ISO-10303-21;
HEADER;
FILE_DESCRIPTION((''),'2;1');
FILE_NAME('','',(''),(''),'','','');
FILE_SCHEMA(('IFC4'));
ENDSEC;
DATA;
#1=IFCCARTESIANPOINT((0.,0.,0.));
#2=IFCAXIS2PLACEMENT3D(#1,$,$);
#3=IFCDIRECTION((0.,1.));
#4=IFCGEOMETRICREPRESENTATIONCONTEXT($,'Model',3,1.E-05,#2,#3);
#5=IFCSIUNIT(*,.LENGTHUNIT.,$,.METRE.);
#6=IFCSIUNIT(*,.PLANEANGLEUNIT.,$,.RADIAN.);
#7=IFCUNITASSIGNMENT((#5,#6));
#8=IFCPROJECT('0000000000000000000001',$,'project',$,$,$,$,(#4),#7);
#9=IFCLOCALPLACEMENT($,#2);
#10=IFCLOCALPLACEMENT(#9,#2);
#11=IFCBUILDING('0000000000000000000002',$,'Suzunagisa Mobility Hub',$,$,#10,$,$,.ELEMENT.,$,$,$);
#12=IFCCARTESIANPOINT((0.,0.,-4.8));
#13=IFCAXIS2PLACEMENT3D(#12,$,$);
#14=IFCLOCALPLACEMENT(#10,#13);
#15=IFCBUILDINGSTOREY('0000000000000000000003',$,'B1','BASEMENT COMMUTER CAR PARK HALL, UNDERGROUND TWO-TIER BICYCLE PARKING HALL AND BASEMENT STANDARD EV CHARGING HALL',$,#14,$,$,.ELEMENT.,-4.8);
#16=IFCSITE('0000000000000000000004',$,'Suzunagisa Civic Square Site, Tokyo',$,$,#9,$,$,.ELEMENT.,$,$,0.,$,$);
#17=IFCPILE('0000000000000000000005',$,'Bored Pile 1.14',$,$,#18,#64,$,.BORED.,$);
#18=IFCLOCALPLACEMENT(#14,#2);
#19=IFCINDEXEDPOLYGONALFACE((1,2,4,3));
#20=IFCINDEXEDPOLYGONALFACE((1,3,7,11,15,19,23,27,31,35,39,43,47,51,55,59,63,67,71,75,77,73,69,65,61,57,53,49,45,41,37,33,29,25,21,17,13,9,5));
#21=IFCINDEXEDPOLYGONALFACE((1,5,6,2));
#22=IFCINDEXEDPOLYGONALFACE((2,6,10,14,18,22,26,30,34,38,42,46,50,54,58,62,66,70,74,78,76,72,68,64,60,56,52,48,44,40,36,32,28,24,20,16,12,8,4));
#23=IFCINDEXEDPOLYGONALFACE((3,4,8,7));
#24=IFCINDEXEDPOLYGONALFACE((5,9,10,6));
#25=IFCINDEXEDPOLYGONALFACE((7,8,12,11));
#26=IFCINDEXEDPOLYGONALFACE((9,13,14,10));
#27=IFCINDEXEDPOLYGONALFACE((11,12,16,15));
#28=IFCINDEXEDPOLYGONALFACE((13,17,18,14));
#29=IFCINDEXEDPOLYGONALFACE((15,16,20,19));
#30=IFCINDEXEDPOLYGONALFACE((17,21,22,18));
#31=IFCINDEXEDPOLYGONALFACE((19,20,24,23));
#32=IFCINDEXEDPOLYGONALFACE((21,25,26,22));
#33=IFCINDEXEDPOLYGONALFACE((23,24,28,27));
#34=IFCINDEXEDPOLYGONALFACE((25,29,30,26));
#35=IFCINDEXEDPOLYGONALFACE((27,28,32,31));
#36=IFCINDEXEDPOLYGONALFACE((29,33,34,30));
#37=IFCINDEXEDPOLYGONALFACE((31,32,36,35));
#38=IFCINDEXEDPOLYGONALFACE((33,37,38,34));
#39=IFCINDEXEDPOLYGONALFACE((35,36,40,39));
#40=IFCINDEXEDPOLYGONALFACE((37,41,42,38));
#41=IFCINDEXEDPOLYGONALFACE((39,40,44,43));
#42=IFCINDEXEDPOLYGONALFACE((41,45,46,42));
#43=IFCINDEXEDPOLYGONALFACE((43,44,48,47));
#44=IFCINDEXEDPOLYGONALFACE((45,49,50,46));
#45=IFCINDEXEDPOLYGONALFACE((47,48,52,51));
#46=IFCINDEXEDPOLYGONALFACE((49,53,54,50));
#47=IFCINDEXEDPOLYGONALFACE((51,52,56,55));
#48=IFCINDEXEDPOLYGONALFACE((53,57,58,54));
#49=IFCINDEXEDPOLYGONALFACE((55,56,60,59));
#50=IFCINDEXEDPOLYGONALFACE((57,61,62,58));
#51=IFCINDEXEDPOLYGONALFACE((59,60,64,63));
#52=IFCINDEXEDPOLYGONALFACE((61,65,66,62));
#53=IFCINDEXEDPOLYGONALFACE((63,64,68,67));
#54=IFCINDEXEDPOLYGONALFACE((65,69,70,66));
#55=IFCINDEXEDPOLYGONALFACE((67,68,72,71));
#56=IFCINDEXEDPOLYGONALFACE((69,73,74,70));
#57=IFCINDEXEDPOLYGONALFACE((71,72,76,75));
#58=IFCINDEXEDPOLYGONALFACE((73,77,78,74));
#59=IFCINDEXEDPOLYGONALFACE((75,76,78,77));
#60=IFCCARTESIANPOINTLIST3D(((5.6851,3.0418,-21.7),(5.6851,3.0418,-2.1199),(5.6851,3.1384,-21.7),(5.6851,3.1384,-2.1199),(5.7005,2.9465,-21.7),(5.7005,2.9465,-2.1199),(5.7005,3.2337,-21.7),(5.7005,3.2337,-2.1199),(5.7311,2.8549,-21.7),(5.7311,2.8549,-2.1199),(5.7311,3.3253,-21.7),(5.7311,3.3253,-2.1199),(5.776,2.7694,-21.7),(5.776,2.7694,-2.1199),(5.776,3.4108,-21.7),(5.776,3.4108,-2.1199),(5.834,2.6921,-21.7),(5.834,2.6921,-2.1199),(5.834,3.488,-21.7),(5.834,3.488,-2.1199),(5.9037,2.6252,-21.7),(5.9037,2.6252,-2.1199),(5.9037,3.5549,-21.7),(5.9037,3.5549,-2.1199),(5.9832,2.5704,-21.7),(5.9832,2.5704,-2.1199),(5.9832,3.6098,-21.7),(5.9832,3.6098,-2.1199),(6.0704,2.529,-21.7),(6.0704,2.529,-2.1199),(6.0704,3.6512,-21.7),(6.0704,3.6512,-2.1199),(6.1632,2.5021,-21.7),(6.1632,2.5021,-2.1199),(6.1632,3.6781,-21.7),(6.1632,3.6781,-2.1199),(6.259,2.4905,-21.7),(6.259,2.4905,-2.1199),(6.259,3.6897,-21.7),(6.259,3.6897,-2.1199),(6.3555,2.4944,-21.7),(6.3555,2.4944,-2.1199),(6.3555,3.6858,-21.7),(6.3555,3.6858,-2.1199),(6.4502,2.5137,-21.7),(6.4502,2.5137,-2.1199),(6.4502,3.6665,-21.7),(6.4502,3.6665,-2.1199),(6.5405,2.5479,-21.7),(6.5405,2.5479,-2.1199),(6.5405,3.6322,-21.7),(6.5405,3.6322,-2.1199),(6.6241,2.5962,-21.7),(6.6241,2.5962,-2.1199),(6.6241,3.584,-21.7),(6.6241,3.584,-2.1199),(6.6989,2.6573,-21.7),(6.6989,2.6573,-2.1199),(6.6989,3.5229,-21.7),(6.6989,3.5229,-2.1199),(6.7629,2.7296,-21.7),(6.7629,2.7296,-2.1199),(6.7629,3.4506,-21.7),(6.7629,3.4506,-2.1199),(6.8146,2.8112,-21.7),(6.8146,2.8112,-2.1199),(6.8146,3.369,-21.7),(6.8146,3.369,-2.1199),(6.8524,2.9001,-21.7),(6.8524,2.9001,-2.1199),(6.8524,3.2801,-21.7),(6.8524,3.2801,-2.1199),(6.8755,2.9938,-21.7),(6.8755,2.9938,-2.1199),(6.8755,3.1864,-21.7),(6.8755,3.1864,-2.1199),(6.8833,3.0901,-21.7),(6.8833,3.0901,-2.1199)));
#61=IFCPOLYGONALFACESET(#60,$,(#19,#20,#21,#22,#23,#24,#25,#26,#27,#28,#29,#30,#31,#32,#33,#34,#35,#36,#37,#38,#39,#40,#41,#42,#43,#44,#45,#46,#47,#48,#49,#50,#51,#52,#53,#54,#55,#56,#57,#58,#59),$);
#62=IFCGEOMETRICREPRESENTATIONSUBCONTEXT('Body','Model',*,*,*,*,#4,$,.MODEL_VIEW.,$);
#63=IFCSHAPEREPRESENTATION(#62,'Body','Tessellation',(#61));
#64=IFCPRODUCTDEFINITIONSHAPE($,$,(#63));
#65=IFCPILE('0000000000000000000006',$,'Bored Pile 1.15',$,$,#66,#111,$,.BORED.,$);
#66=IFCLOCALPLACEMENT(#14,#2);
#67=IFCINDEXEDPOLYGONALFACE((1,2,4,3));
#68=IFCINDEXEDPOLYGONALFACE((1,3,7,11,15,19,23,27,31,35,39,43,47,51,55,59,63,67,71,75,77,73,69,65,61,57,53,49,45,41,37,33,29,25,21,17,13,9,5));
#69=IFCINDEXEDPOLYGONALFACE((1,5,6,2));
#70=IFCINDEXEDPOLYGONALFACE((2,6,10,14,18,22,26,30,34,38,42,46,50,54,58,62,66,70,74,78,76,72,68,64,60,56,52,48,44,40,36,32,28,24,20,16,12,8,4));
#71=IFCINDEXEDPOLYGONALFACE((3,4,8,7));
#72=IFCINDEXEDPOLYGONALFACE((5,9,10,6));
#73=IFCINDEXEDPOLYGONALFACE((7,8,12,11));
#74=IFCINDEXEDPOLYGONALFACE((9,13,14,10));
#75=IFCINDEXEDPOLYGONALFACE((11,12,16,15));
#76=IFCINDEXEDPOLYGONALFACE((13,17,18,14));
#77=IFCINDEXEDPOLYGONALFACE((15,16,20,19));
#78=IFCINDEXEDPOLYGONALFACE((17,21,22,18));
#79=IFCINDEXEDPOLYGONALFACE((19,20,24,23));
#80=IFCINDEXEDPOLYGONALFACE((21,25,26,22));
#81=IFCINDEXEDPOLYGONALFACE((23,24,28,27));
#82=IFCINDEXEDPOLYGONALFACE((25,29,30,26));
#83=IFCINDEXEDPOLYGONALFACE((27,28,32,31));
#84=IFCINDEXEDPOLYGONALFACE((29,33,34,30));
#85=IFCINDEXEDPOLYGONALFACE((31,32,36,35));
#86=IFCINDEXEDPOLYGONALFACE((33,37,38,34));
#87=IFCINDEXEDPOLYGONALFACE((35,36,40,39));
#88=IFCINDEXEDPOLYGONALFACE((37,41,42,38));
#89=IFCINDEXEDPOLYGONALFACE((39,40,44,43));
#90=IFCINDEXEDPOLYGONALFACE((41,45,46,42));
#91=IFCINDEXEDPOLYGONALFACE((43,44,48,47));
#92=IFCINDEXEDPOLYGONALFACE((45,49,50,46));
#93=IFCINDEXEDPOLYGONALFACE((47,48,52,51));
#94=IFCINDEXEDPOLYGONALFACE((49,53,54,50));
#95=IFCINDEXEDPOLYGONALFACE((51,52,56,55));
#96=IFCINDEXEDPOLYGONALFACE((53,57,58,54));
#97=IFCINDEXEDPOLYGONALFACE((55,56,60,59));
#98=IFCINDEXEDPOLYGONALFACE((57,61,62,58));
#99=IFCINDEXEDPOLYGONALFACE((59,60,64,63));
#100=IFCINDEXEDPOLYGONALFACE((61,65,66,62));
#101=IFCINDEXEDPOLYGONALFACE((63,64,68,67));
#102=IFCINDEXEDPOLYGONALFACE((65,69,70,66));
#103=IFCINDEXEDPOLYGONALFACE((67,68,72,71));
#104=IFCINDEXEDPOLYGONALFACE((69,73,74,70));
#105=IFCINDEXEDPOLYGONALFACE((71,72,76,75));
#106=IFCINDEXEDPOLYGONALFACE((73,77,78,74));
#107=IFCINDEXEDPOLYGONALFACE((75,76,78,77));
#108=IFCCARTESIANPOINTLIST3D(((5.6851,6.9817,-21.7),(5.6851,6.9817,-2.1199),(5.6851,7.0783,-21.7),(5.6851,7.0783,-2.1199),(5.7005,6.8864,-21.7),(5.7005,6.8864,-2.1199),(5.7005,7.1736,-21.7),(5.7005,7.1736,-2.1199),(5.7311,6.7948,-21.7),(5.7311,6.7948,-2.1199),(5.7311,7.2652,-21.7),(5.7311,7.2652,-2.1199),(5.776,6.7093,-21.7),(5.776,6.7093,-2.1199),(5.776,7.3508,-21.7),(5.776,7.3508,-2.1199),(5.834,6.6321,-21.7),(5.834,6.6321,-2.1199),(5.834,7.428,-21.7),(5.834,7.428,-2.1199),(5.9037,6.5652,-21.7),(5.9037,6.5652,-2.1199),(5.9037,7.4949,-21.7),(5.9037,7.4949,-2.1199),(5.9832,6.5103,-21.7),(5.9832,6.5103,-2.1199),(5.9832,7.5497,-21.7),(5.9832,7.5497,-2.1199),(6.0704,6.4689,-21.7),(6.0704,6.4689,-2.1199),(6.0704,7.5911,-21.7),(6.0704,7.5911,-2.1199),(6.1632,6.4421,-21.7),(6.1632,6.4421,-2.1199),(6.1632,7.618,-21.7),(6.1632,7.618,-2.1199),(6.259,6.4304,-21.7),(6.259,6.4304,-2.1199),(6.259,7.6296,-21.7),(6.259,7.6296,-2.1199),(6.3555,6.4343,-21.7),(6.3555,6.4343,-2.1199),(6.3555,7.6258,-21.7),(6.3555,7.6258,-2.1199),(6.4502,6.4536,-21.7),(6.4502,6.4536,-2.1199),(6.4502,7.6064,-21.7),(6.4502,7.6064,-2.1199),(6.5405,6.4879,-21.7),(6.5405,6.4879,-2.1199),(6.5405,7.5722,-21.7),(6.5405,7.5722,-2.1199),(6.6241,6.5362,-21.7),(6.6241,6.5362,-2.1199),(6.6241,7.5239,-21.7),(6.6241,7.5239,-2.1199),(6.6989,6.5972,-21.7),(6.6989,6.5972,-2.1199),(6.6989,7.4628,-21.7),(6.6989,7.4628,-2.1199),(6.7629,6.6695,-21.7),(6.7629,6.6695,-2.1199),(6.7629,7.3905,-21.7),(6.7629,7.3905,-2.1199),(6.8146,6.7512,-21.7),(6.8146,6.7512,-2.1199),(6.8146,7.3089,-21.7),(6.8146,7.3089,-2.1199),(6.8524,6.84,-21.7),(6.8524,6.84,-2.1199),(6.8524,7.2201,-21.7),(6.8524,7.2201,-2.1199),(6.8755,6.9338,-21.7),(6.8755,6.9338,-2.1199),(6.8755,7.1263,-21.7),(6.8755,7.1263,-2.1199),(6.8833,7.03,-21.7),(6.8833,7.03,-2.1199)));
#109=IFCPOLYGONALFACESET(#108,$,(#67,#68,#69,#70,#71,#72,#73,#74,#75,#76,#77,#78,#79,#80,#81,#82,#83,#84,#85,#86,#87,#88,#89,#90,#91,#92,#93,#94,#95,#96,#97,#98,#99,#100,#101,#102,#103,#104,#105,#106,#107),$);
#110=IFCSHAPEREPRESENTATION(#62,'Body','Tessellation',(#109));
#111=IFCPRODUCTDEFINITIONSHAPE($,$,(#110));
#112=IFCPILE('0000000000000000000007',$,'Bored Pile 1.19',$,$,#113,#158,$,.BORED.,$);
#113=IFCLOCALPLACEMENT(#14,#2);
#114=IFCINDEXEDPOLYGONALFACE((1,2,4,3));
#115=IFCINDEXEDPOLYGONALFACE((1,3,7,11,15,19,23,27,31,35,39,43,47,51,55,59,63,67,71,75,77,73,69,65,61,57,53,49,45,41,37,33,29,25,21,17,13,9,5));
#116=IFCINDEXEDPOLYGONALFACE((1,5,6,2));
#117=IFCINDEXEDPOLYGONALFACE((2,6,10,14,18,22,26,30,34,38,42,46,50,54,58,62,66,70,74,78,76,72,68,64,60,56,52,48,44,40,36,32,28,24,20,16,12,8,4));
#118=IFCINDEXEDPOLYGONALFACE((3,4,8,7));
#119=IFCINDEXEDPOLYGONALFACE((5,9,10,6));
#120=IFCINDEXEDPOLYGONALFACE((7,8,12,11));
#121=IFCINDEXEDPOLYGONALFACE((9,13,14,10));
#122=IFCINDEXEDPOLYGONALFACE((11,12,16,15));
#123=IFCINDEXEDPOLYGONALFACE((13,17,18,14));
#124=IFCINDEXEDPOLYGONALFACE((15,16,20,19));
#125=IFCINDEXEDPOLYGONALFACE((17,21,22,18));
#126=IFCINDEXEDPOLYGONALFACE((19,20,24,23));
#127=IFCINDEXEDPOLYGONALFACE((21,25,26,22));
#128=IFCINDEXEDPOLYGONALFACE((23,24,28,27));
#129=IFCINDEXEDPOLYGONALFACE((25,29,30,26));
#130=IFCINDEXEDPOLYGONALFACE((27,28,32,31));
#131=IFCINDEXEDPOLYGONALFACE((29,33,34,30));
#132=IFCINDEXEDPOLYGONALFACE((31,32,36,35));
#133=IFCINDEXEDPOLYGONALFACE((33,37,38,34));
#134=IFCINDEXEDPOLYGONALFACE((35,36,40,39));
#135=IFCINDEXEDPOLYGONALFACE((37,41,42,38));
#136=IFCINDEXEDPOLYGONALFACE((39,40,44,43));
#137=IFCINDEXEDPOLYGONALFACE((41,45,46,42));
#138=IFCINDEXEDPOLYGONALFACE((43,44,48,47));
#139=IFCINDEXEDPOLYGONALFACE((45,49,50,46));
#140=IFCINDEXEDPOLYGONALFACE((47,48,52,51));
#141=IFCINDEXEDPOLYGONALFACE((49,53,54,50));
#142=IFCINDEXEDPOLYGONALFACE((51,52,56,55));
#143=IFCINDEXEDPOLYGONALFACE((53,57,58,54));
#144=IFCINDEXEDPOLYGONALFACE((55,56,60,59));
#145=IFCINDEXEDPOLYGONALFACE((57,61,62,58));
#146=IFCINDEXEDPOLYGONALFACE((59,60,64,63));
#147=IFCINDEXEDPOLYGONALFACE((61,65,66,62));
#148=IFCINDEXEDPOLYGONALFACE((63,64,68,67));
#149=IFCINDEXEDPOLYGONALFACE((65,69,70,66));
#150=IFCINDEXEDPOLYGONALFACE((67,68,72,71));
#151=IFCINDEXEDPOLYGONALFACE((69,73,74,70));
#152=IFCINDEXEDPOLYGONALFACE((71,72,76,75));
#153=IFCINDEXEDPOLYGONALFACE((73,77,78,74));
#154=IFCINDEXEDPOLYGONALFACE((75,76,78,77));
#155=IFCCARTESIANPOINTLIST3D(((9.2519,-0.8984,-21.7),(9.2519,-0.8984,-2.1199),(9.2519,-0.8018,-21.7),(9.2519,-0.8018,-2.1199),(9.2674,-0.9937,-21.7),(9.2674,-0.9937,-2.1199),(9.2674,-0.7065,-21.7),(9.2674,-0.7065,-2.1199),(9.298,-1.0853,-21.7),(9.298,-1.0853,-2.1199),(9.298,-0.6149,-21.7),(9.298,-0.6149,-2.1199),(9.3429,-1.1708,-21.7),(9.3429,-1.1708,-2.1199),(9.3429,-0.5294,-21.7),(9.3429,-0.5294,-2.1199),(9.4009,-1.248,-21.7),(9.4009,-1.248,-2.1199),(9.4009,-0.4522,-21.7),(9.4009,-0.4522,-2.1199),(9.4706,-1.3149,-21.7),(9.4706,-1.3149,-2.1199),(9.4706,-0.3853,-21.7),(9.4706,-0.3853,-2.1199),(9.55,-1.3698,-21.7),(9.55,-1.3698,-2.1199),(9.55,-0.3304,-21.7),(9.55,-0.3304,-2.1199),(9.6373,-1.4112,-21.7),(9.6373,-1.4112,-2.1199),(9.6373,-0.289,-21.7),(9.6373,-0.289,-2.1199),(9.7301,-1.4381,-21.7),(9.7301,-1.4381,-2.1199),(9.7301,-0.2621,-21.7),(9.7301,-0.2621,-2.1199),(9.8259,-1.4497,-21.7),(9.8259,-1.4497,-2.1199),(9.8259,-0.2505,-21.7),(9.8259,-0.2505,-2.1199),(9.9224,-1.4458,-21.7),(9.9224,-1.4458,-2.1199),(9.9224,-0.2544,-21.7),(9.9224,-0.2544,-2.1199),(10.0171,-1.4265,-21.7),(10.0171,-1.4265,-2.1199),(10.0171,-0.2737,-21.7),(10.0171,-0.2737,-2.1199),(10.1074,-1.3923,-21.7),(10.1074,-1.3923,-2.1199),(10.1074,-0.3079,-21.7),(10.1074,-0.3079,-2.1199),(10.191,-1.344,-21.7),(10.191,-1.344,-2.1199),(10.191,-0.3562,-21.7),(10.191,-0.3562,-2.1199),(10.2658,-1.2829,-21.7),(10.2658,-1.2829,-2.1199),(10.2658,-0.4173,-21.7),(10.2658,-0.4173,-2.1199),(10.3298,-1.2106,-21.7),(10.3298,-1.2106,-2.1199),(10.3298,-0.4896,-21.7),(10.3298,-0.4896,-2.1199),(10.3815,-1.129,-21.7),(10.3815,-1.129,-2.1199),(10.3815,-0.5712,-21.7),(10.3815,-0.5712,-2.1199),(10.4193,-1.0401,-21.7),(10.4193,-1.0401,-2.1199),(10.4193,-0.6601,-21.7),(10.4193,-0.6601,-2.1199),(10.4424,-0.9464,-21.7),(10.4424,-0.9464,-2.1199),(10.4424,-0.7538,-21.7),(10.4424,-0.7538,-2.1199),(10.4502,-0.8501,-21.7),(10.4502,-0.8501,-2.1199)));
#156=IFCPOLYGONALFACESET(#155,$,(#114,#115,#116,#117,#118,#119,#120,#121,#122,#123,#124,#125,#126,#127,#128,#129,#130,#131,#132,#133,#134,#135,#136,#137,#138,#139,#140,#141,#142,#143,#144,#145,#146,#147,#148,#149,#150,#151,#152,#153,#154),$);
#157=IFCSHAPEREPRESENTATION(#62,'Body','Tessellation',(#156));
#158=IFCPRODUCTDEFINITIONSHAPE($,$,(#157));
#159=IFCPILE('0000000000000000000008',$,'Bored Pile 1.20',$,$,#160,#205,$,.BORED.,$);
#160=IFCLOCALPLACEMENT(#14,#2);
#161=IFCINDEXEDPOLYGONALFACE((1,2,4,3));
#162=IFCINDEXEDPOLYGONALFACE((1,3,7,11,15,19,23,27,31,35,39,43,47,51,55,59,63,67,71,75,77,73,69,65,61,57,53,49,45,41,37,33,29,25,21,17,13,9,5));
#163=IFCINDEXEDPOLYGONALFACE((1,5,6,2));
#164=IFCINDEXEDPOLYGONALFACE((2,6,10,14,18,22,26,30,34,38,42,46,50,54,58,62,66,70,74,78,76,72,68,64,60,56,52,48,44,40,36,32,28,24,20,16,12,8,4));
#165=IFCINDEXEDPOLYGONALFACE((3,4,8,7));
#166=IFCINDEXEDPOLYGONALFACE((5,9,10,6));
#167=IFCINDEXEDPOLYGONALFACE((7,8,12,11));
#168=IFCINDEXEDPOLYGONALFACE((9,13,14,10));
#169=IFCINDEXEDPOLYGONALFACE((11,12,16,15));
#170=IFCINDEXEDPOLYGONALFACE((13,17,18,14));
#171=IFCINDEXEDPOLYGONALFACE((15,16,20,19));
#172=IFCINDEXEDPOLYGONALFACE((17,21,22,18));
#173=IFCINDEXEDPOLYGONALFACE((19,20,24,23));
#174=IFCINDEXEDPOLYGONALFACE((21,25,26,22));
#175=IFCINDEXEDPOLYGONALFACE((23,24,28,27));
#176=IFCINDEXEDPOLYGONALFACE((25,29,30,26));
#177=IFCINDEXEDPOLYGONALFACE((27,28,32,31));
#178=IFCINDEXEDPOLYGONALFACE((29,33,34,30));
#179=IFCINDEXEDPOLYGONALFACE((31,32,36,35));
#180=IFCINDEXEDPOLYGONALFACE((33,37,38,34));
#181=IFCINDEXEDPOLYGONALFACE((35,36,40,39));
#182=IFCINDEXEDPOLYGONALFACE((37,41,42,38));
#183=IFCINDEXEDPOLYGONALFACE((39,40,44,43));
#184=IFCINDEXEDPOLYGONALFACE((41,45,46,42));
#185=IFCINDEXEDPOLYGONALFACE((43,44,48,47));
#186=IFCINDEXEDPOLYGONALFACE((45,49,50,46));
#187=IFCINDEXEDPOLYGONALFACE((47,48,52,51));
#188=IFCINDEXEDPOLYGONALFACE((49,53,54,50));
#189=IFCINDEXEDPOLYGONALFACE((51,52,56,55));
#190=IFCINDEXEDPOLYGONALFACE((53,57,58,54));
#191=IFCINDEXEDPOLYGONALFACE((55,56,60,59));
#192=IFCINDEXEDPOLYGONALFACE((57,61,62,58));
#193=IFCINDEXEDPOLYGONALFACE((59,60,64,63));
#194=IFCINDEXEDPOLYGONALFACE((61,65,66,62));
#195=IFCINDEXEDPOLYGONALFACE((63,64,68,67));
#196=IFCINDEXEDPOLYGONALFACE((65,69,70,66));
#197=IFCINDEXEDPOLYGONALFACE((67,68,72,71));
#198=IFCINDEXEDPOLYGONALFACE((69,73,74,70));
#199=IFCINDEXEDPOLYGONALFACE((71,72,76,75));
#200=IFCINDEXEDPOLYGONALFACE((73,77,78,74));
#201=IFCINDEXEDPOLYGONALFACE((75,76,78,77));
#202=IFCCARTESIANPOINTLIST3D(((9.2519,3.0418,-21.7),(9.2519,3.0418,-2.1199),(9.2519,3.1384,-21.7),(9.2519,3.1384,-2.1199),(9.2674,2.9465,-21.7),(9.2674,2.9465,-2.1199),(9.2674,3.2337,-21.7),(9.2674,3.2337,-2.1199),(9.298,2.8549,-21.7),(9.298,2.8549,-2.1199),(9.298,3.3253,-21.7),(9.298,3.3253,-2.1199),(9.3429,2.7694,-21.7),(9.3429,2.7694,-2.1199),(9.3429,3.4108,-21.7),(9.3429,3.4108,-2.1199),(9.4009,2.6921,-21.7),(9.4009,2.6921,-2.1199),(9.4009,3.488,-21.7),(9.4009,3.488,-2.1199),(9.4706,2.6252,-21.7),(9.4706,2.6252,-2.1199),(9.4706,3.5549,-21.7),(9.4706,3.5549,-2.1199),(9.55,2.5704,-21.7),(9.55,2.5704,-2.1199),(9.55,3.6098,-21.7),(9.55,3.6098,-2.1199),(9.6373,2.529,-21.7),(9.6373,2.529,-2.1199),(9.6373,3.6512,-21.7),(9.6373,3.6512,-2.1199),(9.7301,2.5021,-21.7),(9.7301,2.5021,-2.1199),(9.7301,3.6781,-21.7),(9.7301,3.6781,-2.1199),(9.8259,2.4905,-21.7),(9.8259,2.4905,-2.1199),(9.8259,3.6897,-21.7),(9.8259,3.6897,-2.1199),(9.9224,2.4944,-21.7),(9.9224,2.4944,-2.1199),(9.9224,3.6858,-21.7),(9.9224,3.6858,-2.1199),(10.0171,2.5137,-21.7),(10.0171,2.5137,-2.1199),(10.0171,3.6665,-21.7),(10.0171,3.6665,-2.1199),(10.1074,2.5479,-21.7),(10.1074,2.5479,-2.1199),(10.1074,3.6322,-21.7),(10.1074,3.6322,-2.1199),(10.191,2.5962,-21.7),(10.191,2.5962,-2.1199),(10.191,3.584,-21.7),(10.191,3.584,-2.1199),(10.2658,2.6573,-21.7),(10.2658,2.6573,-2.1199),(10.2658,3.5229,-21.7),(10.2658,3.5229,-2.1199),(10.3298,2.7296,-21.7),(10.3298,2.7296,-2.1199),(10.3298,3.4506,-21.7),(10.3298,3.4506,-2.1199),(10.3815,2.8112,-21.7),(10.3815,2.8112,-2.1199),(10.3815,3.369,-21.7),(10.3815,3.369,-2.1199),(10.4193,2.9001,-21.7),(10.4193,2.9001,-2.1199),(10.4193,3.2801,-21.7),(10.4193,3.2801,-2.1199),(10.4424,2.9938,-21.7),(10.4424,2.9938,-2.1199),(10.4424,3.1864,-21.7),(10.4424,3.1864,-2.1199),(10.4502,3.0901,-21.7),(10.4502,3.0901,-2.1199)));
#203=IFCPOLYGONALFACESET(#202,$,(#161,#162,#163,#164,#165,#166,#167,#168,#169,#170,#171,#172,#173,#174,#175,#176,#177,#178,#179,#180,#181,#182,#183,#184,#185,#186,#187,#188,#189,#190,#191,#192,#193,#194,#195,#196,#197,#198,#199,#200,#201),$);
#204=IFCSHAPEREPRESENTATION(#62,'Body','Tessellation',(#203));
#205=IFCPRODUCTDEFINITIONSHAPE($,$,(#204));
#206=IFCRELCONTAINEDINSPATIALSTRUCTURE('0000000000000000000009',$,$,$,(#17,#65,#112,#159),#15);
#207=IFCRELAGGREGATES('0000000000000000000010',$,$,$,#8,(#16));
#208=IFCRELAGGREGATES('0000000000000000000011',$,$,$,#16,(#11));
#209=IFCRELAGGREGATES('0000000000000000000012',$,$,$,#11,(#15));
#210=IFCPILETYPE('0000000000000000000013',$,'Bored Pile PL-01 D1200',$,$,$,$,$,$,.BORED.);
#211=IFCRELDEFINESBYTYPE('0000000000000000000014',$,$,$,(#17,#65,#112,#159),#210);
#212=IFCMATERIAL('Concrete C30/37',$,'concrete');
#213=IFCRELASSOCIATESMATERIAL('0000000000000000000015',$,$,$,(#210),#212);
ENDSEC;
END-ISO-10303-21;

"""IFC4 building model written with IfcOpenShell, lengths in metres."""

from ifc_helpers import new_model, si_unit, direction, frame, origin, origin_2d, place, context, subcontext, project, spatial, circle, extrude, material, material_profile, profile_set, type_object, element, save


model = new_model("IFC4")

# Units and contexts
model_context = context("Model", 3, precision=1e-05, world=origin(), true_north=direction((0.0, 1.0)))
body_context = subcontext(model_context, "Body", "Model", "MODEL_VIEW")
ifc_project = project(units=[si_unit("LENGTHUNIT", "METRE"), si_unit("PLANEANGLEUNIT", "RADIAN")], contexts=[model_context])

# Site, building, storey
site_placement = place(None, origin())
site = spatial("IfcSite", under=ifc_project, at=site_placement, Name="Suzunagisa Civic Square Site, Tokyo", CompositionType="ELEMENT", RefElevation=0.0)
building_placement = place(site_placement, origin())
building = spatial("IfcBuilding", under=site, at=building_placement, Name="Suzunagisa Mobility Hub", CompositionType="ELEMENT")
storey_placement = place(building_placement, frame((0.0, 0.0, -4.8)))
storey = spatial("IfcBuildingStorey", under=building, at=storey_placement, Name="B1", Description="BASEMENT COMMUTER CAR PARK HALL, UNDERGROUND TWO-TIER BICYCLE PARKING HALL AND BASEMENT STANDARD EV CHARGING HALL", CompositionType="ELEMENT", Elevation=-4.8)

# Piles
ifc_material_1 = material(Name="Concrete C30/37", Category="concrete")
ifc_material_profile_1 = material_profile(ifc_material_1, circle(Radius=0.6001, at=origin_2d()), Name="BORED PILE D1200")
ifc_profile_set_1 = profile_set([ifc_material_profile_1], Name="Concrete C30/37")
pile_type = type_object("IfcPileType", Name="Bored Pile PL-01 D1200", PredefinedType="BORED", material=ifc_profile_set_1)
for number, where, z_axis, x_axis, name in (
    (1, (6.2832, 3.0901, -2.1199), (0.0, 0.0, -1.0), (1.0, 0.0, 0.0), "Bored Pile 1.14"),
    (2, (6.2832, 7.03, -2.1199), (0.0, 0.0, -1.0), (1.0, 0.0, 0.0), "Bored Pile 1.15"),
    (3, (9.8501, -0.8501, -2.1199), (0.0, 0.0, -1.0), (1.0, 0.0, 0.0), "Bored Pile 1.19"),
    (4, (9.8501, 3.0901, -2.1199), (0.0, 0.0, -1.0), (1.0, 0.0, 0.0), "Bored Pile 1.20"),
):
    element("IfcPile", number, at=place(storey_placement, frame(where, z_axis=z_axis, x_axis=x_axis)), inside=storey, type_object=pile_type, Name=name, PredefinedType="BORED", context=body_context, shape_type="SweptSolid", body=[
        extrude(circle(Radius=0.6001, at=origin_2d()), origin(), (0.0, 0.0, 1.0), 19.5801),
    ])

save(model, "model.ifc")
